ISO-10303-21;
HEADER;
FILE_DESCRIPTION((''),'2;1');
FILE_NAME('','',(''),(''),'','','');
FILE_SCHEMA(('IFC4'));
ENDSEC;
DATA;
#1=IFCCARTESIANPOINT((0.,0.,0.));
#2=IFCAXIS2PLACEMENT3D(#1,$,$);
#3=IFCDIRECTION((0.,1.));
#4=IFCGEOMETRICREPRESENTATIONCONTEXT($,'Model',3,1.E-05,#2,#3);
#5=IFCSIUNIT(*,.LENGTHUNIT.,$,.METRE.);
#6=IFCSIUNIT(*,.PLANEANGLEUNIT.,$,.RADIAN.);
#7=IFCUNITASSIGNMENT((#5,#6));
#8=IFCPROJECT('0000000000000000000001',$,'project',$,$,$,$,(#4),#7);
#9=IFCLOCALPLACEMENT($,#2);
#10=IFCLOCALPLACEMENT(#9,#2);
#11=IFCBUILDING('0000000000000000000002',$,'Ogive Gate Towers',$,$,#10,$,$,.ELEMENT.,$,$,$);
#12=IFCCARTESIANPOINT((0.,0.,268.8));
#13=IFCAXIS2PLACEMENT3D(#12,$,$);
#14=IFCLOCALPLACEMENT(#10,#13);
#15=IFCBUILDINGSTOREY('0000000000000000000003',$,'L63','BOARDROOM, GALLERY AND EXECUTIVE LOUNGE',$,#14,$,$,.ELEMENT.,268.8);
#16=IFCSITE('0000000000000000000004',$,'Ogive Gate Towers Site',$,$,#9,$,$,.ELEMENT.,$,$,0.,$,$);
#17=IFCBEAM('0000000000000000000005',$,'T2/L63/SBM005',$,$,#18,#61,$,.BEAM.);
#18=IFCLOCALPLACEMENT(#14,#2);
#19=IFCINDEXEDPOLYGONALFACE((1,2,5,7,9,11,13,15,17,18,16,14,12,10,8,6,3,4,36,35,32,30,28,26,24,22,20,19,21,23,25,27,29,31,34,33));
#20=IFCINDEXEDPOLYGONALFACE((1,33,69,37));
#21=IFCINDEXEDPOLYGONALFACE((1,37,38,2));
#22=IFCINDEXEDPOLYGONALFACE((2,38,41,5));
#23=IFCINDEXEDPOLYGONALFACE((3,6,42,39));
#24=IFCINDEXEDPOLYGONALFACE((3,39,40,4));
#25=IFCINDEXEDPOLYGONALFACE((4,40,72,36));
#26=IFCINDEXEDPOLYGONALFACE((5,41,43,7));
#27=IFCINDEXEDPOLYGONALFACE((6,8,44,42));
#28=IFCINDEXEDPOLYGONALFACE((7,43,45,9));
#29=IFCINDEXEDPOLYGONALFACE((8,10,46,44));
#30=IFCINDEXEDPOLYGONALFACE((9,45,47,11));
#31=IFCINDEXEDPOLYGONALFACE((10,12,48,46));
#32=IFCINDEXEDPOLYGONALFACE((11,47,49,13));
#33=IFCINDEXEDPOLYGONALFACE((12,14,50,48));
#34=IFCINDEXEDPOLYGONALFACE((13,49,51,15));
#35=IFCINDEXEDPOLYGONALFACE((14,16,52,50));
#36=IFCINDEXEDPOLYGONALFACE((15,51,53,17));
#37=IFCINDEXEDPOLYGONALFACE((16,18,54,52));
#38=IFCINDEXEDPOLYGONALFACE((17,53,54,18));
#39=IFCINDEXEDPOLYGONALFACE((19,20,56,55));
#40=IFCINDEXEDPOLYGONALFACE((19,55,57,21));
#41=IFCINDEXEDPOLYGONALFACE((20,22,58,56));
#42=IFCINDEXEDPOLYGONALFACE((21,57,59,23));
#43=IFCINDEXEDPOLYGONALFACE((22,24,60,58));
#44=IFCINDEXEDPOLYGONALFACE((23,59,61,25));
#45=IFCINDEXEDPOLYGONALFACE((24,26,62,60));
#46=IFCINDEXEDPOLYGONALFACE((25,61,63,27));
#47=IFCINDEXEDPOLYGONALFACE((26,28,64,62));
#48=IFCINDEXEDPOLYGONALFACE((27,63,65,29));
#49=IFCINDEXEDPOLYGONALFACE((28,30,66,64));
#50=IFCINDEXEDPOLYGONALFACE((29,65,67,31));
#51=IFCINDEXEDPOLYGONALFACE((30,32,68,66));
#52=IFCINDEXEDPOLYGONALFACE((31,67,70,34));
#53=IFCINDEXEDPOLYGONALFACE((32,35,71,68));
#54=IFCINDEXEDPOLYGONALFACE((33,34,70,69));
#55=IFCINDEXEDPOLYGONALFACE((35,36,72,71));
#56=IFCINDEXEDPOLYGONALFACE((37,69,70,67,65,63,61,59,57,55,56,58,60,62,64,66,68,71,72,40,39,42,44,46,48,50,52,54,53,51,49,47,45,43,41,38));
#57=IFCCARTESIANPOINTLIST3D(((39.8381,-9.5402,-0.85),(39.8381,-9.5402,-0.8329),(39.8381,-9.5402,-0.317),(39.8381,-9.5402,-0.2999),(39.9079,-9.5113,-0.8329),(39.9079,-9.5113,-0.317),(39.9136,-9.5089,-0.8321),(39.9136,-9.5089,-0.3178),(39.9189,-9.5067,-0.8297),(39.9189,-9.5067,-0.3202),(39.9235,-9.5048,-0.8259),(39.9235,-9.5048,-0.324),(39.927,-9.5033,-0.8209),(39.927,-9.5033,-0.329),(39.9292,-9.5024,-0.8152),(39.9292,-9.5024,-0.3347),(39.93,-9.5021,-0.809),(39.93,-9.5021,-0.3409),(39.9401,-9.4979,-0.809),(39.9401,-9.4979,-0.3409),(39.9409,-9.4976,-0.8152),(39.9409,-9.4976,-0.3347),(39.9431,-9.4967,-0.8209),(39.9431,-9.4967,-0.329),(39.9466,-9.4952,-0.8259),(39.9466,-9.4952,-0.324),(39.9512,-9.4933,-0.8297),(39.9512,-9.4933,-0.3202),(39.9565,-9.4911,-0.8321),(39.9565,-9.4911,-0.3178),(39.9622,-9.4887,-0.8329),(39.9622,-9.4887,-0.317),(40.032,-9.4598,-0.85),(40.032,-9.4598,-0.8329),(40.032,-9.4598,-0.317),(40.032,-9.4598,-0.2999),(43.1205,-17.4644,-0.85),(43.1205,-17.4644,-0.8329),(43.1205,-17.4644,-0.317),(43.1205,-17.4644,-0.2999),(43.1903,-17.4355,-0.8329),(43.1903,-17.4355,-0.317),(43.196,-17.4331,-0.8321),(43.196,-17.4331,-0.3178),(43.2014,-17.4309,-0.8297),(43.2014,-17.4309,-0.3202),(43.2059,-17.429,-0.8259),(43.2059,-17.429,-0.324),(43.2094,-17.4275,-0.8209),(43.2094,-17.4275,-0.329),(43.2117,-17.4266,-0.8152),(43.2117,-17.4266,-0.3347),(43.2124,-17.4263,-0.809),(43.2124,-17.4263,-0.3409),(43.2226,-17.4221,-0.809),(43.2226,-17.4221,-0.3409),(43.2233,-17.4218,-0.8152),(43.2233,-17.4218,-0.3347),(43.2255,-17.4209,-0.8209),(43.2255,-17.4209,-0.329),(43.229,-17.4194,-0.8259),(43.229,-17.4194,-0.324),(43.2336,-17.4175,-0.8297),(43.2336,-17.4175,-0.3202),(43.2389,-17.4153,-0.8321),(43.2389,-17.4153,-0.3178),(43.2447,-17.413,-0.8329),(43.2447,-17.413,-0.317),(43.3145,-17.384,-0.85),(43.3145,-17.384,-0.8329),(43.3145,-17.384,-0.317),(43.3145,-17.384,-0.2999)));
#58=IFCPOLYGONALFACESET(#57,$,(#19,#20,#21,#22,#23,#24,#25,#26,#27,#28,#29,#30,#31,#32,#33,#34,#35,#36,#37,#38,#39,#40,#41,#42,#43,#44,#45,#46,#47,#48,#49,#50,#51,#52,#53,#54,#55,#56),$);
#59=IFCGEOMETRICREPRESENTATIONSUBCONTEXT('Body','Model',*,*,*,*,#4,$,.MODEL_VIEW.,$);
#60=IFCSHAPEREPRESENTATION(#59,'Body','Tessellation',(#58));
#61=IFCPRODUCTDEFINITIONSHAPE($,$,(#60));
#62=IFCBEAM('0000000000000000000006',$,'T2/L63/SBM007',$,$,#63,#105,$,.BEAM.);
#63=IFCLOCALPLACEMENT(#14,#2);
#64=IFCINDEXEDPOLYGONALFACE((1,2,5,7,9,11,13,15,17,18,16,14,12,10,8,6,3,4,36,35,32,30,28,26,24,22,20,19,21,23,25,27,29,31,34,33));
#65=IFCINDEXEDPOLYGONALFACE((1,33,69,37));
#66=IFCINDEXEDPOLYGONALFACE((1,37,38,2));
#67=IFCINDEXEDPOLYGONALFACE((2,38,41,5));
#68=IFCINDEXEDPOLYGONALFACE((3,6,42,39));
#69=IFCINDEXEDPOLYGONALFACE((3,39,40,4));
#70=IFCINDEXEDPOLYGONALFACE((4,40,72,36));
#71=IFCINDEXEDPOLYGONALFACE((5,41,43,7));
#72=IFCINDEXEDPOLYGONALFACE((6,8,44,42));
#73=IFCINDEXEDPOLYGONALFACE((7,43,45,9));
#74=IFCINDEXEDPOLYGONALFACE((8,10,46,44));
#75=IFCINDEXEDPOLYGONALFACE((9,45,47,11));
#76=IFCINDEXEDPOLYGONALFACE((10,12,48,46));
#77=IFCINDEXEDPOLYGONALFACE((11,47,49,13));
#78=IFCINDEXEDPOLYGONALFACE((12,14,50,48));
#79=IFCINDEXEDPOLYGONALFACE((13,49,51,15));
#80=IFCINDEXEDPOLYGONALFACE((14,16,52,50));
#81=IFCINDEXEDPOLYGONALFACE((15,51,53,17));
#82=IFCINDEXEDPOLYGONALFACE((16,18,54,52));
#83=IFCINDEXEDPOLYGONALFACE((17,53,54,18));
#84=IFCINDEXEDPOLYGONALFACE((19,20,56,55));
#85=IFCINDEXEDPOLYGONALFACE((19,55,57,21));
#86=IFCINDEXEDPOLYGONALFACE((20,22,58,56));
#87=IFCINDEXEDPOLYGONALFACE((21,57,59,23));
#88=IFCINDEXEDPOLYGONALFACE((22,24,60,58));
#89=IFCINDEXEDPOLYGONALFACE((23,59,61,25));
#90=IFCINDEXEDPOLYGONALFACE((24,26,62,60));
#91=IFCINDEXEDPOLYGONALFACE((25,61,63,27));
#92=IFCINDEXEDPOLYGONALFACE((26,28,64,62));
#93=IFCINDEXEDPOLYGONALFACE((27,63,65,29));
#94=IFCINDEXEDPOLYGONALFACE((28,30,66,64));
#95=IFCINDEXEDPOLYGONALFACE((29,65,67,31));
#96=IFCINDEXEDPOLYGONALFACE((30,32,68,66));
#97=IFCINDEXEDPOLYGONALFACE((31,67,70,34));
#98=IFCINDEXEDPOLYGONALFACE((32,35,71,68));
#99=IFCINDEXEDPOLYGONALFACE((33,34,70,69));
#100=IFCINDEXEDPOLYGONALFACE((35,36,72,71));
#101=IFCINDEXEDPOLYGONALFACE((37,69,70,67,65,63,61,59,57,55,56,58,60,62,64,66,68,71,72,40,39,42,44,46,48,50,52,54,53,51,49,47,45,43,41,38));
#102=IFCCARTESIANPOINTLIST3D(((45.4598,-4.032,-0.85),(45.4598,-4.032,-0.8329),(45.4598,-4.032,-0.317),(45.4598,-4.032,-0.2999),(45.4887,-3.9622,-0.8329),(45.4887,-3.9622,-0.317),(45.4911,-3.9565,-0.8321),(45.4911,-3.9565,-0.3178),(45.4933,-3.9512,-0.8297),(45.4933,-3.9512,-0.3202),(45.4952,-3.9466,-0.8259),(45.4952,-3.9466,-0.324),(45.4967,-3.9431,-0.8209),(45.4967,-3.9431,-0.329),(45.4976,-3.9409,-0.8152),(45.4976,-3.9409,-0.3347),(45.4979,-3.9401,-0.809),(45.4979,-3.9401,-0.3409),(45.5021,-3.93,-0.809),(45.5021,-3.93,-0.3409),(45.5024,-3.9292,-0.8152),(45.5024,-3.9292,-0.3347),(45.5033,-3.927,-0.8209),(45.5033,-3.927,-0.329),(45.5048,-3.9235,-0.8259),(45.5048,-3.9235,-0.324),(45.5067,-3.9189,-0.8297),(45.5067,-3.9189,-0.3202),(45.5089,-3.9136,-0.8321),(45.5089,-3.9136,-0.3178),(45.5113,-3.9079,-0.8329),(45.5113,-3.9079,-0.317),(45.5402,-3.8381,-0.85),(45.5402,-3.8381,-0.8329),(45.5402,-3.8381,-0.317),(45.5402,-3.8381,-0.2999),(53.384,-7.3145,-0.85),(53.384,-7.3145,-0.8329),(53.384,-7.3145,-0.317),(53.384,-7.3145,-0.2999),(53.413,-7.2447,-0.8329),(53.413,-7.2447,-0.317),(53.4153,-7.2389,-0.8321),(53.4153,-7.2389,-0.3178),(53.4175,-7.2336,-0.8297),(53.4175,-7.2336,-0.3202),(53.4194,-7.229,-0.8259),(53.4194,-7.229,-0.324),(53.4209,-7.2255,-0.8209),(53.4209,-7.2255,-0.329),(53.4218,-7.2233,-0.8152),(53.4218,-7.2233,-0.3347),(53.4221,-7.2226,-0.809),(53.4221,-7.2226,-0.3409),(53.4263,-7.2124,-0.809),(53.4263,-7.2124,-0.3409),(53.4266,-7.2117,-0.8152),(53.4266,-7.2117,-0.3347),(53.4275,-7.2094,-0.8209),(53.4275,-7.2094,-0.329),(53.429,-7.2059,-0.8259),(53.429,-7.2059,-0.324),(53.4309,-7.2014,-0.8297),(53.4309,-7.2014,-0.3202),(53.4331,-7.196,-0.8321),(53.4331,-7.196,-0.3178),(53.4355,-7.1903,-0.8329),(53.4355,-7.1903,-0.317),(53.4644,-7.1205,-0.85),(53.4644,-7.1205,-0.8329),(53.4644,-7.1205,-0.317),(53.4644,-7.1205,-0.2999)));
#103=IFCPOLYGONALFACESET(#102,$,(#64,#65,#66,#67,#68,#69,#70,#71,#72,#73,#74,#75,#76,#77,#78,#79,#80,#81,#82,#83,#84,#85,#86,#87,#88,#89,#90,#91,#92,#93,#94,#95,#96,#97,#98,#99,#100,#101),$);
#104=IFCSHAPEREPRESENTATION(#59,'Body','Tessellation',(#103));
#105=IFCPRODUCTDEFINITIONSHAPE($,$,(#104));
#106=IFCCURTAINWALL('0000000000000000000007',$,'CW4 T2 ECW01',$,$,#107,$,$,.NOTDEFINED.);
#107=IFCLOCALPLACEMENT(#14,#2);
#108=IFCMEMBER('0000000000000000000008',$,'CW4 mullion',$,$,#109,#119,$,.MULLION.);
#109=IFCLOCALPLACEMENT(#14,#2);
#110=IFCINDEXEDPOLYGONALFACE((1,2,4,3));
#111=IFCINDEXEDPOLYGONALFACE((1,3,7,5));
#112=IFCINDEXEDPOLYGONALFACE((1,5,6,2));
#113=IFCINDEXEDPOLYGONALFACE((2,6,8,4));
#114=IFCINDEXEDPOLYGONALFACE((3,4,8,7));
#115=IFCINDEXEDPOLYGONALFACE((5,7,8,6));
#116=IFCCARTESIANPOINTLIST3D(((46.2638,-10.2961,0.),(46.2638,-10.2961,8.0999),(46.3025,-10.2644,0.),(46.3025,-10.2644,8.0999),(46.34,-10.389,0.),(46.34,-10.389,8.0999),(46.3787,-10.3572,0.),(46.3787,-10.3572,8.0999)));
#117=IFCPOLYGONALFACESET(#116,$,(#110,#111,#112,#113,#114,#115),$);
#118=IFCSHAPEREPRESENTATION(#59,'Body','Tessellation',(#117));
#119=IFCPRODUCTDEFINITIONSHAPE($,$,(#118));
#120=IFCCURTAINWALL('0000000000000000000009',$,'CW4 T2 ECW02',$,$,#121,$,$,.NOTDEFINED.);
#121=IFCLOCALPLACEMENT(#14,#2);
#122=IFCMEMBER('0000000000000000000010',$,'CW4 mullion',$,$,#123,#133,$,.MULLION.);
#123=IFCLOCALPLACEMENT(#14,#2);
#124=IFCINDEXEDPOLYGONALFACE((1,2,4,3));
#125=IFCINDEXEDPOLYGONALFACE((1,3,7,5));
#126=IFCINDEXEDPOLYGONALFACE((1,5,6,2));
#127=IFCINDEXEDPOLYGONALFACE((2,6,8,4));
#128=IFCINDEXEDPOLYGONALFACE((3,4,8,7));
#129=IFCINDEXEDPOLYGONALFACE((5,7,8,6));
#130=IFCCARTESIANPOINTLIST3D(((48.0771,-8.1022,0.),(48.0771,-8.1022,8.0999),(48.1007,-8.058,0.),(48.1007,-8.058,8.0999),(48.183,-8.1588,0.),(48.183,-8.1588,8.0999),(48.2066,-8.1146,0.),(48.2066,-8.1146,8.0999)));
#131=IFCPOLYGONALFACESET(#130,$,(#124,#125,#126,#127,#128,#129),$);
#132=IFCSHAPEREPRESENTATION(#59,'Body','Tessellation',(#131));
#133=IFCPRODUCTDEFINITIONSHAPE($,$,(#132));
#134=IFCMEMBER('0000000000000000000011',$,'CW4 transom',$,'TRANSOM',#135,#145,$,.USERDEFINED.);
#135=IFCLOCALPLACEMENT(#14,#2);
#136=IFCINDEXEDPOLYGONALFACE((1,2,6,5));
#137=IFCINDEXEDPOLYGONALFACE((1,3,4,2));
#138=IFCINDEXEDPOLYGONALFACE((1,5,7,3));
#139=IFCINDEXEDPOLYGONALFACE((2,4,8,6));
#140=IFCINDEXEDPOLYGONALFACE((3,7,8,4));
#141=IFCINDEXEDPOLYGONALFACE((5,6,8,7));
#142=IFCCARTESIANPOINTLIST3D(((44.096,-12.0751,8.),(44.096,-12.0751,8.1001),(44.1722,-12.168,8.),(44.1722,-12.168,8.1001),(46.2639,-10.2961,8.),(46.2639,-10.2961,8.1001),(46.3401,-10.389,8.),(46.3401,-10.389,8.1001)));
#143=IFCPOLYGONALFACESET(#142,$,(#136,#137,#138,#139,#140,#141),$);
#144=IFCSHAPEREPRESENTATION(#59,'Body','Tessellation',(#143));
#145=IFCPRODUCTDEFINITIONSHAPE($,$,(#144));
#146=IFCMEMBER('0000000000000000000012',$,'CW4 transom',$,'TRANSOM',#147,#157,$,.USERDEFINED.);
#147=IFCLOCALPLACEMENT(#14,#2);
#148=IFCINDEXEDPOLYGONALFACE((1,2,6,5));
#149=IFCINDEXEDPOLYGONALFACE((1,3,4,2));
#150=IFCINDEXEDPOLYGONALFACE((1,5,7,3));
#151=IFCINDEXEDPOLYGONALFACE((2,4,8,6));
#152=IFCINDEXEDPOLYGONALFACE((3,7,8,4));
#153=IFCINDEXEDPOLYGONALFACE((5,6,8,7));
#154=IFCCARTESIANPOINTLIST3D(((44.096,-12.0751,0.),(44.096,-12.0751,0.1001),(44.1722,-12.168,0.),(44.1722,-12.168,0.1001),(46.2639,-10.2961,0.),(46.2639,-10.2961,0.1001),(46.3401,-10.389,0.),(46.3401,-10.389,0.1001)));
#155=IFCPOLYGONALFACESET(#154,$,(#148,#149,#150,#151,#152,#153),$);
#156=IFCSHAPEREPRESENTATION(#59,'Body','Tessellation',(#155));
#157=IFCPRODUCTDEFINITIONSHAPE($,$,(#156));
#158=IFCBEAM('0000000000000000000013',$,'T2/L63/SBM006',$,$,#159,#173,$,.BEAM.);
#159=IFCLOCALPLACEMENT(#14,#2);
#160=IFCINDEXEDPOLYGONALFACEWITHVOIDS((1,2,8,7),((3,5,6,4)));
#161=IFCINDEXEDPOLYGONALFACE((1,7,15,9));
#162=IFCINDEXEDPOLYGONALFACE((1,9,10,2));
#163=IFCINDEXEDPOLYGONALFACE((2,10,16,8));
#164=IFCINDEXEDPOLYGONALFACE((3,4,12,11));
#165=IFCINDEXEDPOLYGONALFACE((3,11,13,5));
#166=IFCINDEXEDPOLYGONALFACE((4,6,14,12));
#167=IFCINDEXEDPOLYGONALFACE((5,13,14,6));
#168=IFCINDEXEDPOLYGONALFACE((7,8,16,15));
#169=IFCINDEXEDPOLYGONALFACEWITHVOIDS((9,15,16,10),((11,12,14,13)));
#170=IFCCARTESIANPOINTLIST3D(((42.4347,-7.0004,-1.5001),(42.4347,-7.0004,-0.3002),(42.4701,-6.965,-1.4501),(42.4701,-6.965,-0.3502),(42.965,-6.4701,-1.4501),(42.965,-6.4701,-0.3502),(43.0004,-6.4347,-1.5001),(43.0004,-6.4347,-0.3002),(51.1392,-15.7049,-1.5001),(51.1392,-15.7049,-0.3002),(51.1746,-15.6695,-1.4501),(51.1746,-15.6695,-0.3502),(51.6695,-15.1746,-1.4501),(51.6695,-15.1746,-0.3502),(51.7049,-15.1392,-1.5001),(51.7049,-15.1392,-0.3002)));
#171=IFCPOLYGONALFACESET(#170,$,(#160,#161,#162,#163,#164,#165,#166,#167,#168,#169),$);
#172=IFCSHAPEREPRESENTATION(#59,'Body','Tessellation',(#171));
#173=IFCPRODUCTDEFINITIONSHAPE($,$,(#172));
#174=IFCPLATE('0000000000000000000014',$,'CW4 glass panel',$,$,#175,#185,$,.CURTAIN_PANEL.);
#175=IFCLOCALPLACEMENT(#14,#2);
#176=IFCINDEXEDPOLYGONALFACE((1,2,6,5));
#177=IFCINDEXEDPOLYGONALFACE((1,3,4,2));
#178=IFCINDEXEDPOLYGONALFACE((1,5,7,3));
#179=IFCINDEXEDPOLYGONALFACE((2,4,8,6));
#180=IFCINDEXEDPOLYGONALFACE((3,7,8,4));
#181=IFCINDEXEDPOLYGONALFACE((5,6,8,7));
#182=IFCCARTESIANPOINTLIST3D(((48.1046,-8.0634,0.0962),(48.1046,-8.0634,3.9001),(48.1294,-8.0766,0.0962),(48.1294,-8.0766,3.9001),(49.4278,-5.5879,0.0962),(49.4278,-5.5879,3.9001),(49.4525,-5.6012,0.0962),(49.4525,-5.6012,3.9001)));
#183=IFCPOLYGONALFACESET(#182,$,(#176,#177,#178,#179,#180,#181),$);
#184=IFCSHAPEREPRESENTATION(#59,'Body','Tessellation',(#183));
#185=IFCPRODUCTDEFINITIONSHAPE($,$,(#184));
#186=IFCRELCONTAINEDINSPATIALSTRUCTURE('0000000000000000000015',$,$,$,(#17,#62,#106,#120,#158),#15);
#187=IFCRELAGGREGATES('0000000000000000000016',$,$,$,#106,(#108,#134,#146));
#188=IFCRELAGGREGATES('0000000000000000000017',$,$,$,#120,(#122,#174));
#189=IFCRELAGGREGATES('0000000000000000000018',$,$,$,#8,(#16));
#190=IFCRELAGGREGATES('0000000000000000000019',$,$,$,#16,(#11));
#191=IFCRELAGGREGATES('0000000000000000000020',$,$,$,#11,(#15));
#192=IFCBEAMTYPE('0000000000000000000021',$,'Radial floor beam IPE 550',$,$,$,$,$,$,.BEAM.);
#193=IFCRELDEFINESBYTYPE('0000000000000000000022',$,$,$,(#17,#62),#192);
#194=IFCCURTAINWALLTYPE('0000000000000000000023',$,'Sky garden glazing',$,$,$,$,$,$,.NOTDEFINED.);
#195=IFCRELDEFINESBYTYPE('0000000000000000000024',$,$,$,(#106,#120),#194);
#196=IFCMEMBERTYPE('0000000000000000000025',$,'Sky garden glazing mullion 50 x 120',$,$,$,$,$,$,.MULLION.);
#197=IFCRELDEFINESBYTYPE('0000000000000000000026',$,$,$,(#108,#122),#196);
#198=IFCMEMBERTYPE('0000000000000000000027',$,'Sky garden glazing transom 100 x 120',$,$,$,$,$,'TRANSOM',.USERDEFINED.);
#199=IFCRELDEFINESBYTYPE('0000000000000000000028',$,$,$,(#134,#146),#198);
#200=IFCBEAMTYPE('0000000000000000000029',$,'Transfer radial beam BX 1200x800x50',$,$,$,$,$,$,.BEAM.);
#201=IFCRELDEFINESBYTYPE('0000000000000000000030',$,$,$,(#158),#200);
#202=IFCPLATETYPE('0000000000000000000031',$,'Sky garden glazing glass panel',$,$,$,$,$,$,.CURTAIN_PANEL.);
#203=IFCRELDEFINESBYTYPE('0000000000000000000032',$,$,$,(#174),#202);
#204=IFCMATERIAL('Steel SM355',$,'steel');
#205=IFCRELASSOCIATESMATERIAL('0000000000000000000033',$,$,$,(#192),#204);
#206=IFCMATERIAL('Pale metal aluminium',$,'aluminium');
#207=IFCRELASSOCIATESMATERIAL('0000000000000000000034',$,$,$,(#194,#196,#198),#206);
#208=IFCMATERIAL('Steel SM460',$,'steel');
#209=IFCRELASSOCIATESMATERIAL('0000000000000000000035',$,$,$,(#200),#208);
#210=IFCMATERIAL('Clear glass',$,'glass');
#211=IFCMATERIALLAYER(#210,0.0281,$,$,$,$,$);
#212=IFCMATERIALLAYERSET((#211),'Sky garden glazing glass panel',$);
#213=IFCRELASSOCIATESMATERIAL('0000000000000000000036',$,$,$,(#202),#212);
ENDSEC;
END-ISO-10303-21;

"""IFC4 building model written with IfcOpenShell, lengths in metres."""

from ifc_helpers import new_model, si_unit, direction, frame, origin, origin_2d, place, context, subcontext, project, spatial, rectangle, hollow_rectangle, i_section, extrude, material, layer, layer_set, material_profile, profile_set, type_object, element, aggregate, save


model = new_model("IFC4")

# Units and contexts
model_context = context("Model", 3, precision=1e-05, world=origin(), true_north=direction((0.0, 1.0)))
body_context = subcontext(model_context, "Body", "Model", "MODEL_VIEW")
ifc_project = project(units=[si_unit("LENGTHUNIT", "METRE"), si_unit("PLANEANGLEUNIT", "RADIAN")], contexts=[model_context])

# Site, building, storey
site_placement = place(None, origin())
site = spatial("IfcSite", under=ifc_project, at=site_placement, Name="Ogive Gate Towers Site", CompositionType="ELEMENT", RefElevation=0.0)
building_placement = place(site_placement, origin())
building = spatial("IfcBuilding", under=site, at=building_placement, Name="Ogive Gate Towers", CompositionType="ELEMENT")
storey_placement = place(building_placement, frame((0.0, 0.0, 268.8)))
storey = spatial("IfcBuildingStorey", under=building, at=storey_placement, Name="L63", Description="BOARDROOM, GALLERY AND EXECUTIVE LOUNGE", CompositionType="ELEMENT", Elevation=268.8)

# Beams
ifc_material_1 = material(Name="Steel SM355", Category="steel")
ifc_material_profile_1 = material_profile(ifc_material_1, i_section(OverallWidth=0.21, OverallDepth=0.55, WebThickness=0.011, FlangeThickness=0.0171, FilletRadius=0.0239, at=origin_2d()), Name="IPE 550")
ifc_profile_set_1 = profile_set([ifc_material_profile_1], Name="Steel SM355")
beam_type_1 = type_object("IfcBeamType", Name="Radial floor beam IPE 550", PredefinedType="BEAM", material=ifc_profile_set_1)
for number, where, z_axis, x_axis, name in (
    (1, (39.9351, -9.5, -0.575), (0.382695, -0.923875, 0.0), (0.923875, 0.382695, 0.0), "T2/L63/SBM005"),
    (2, (45.5, -3.9351, -0.575), (0.923875, -0.382695, 0.0), (0.382695, 0.923875, 0.0), "T2/L63/SBM007"),
):
    element("IfcBeam", number, at=place(storey_placement, frame(where, z_axis=z_axis, x_axis=x_axis)), inside=storey, type_object=beam_type_1, Name=name, PredefinedType="BEAM", context=body_context, shape_type="SweptSolid", body=[
        extrude(i_section(OverallWidth=0.21, OverallDepth=0.55, WebThickness=0.011, FlangeThickness=0.0171, FilletRadius=0.0239, at=origin_2d()), origin(), (0.0, 0.0, 1.0), 8.5771),
    ])

# Curtain walls, members
ifc_material_2 = material(Name="Pale metal aluminium", Category="aluminium")
curtain_wall_type = type_object("IfcCurtainWallType", Name="Sky garden glazing", PredefinedType="NOTDEFINED", material=ifc_material_2)
curtain_wall_1_placement = place(storey_placement, origin())
curtain_wall_1 = element("IfcCurtainWall", 3, at=curtain_wall_1_placement, inside=storey, type_object=curtain_wall_type, Name="CW4 T2 ECW01", PredefinedType="NOTDEFINED")
ifc_material_profile_2 = material_profile(ifc_material_2, rectangle(XDim=0.1201, YDim=0.05, at=origin_2d()), Name="50 x 120 aluminium box")
ifc_profile_set_2 = profile_set([ifc_material_profile_2], Name="Pale metal aluminium")
member_type_1 = type_object("IfcMemberType", Name="Sky garden glazing mullion 50 x 120", PredefinedType="MULLION", material=ifc_profile_set_2)
member_1_placement = place(storey_placement, frame((46.3213, -10.3267, 0.0), z_axis=(0.0, 0.0, 1.0), x_axis=(-0.634407, 0.772999, 0.0)))
member_1 = element("IfcMember", 4, at=member_1_placement, type_object=member_type_1, Name="CW4 mullion", PredefinedType="MULLION", context=body_context, shape_type="SweptSolid", body=[
    extrude(rectangle(XDim=0.1201, YDim=0.05, at=origin_2d()), origin(), (0.0, 0.0, 1.0), 8.0999),
])
curtain_wall_2_placement = place(storey_placement, origin())
curtain_wall_2 = element("IfcCurtainWall", 5, at=curtain_wall_2_placement, inside=storey, type_object=curtain_wall_type, Name="CW4 T2 ECW02", PredefinedType="NOTDEFINED")
member_2_placement = place(storey_placement, frame((48.1418, -8.1084, 0.0), z_axis=(0.0, 0.0, 1.0), x_axis=(-0.881921, 0.471397, 0.0)))
member_2 = element("IfcMember", 6, at=member_2_placement, type_object=member_type_1, Name="CW4 mullion", PredefinedType="MULLION", context=body_context, shape_type="SweptSolid", body=[
    extrude(rectangle(XDim=0.1201, YDim=0.05, at=origin_2d()), origin(), (0.0, 0.0, 1.0), 8.0999),
])

# Members
ifc_material_profile_3 = material_profile(ifc_material_2, rectangle(XDim=0.1201, YDim=0.1001, at=origin_2d()), Name="100 x 120 aluminium box")
ifc_profile_set_3 = profile_set([ifc_material_profile_3], Name="Pale metal aluminium")
member_type_2 = type_object("IfcMemberType", Name="Sky garden glazing transom 100 x 120", ElementType="TRANSOM", PredefinedType="USERDEFINED", material=ifc_profile_set_3)
member_3_placement = place(storey_placement, frame((46.302, -10.3425, 8.05), z_axis=(-0.773037, -0.634361, 0.0), x_axis=(0.634361, -0.773037, 0.0)))
member_3 = element("IfcMember", 7, at=member_3_placement, type_object=member_type_2, Name="CW4 transom", ObjectType="TRANSOM", PredefinedType="USERDEFINED", context=body_context, shape_type="SweptSolid", body=[
    extrude(rectangle(XDim=0.1201, YDim=0.1001, at=origin_2d()), origin(), (0.0, 0.0, 1.0), 2.8044),
])
member_4_placement = place(storey_placement, frame((46.302, -10.3425, 0.05), z_axis=(-0.773037, -0.634361, 0.0), x_axis=(0.634361, -0.773037, 0.0)))
member_4 = element("IfcMember", 8, at=member_4_placement, type_object=member_type_2, Name="CW4 transom", ObjectType="TRANSOM", PredefinedType="USERDEFINED", context=body_context, shape_type="SweptSolid", body=[
    extrude(rectangle(XDim=0.1201, YDim=0.1001, at=origin_2d()), origin(), (0.0, 0.0, 1.0), 2.8044),
])
aggregate(curtain_wall_1, [member_1, member_3, member_4])

# Beam
ifc_material_3 = material(Name="Steel SM460", Category="steel")
ifc_material_profile_4 = material_profile(ifc_material_3, hollow_rectangle(XDim=0.8, YDim=1.2, WallThickness=0.05, at=origin_2d()), Name="BX 1200x800x50")
ifc_profile_set_4 = profile_set([ifc_material_profile_4], Name="Steel SM460")
beam_type_2 = type_object("IfcBeamType", Name="Transfer radial beam BX 1200x800x50", PredefinedType="BEAM", material=ifc_profile_set_4)
beam_placement = place(storey_placement, frame((42.7175, -6.7175, -0.9001), z_axis=(0.707107, -0.707107, 0.0), x_axis=(0.707107, 0.707107, 0.0)))
element("IfcBeam", 9, at=beam_placement, inside=storey, type_object=beam_type_2, Name="T2/L63/SBM006", PredefinedType="BEAM", context=body_context, shape_type="SweptSolid", body=[
    extrude(hollow_rectangle(XDim=0.8, YDim=1.2, WallThickness=0.05, at=origin_2d()), origin(), (0.0, 0.0, 1.0), 12.3101),
])

# Plate
ifc_material_4 = material(Name="Clear glass", Category="glass")
ifc_layer_1 = layer(ifc_material_4, 0.0281)
ifc_layer_set_1 = layer_set([ifc_layer_1], Name="Sky garden glazing glass panel")
plate_type = type_object("IfcPlateType", Name="Sky garden glazing glass panel", PredefinedType="CURTAIN_PANEL", material=ifc_layer_set_1)
plate_1_placement = place(storey_placement, frame((48.7786, -6.8323, 0.0962), z_axis=(0.0, 0.0, 1.0), x_axis=(-0.471397, -0.881921, 0.0)))
plate_1 = element("IfcPlate", 10, at=plate_1_placement, type_object=plate_type, Name="CW4 glass panel", PredefinedType="CURTAIN_PANEL", context=body_context, shape_type="SweptSolid", body=[
    extrude(rectangle(XDim=2.8069, YDim=0.0281, at=origin_2d()), origin(), (0.0, 0.0, 1.0), 3.804),
])
aggregate(curtain_wall_2, [member_2, plate_1])

save(model, "model.ifc")
